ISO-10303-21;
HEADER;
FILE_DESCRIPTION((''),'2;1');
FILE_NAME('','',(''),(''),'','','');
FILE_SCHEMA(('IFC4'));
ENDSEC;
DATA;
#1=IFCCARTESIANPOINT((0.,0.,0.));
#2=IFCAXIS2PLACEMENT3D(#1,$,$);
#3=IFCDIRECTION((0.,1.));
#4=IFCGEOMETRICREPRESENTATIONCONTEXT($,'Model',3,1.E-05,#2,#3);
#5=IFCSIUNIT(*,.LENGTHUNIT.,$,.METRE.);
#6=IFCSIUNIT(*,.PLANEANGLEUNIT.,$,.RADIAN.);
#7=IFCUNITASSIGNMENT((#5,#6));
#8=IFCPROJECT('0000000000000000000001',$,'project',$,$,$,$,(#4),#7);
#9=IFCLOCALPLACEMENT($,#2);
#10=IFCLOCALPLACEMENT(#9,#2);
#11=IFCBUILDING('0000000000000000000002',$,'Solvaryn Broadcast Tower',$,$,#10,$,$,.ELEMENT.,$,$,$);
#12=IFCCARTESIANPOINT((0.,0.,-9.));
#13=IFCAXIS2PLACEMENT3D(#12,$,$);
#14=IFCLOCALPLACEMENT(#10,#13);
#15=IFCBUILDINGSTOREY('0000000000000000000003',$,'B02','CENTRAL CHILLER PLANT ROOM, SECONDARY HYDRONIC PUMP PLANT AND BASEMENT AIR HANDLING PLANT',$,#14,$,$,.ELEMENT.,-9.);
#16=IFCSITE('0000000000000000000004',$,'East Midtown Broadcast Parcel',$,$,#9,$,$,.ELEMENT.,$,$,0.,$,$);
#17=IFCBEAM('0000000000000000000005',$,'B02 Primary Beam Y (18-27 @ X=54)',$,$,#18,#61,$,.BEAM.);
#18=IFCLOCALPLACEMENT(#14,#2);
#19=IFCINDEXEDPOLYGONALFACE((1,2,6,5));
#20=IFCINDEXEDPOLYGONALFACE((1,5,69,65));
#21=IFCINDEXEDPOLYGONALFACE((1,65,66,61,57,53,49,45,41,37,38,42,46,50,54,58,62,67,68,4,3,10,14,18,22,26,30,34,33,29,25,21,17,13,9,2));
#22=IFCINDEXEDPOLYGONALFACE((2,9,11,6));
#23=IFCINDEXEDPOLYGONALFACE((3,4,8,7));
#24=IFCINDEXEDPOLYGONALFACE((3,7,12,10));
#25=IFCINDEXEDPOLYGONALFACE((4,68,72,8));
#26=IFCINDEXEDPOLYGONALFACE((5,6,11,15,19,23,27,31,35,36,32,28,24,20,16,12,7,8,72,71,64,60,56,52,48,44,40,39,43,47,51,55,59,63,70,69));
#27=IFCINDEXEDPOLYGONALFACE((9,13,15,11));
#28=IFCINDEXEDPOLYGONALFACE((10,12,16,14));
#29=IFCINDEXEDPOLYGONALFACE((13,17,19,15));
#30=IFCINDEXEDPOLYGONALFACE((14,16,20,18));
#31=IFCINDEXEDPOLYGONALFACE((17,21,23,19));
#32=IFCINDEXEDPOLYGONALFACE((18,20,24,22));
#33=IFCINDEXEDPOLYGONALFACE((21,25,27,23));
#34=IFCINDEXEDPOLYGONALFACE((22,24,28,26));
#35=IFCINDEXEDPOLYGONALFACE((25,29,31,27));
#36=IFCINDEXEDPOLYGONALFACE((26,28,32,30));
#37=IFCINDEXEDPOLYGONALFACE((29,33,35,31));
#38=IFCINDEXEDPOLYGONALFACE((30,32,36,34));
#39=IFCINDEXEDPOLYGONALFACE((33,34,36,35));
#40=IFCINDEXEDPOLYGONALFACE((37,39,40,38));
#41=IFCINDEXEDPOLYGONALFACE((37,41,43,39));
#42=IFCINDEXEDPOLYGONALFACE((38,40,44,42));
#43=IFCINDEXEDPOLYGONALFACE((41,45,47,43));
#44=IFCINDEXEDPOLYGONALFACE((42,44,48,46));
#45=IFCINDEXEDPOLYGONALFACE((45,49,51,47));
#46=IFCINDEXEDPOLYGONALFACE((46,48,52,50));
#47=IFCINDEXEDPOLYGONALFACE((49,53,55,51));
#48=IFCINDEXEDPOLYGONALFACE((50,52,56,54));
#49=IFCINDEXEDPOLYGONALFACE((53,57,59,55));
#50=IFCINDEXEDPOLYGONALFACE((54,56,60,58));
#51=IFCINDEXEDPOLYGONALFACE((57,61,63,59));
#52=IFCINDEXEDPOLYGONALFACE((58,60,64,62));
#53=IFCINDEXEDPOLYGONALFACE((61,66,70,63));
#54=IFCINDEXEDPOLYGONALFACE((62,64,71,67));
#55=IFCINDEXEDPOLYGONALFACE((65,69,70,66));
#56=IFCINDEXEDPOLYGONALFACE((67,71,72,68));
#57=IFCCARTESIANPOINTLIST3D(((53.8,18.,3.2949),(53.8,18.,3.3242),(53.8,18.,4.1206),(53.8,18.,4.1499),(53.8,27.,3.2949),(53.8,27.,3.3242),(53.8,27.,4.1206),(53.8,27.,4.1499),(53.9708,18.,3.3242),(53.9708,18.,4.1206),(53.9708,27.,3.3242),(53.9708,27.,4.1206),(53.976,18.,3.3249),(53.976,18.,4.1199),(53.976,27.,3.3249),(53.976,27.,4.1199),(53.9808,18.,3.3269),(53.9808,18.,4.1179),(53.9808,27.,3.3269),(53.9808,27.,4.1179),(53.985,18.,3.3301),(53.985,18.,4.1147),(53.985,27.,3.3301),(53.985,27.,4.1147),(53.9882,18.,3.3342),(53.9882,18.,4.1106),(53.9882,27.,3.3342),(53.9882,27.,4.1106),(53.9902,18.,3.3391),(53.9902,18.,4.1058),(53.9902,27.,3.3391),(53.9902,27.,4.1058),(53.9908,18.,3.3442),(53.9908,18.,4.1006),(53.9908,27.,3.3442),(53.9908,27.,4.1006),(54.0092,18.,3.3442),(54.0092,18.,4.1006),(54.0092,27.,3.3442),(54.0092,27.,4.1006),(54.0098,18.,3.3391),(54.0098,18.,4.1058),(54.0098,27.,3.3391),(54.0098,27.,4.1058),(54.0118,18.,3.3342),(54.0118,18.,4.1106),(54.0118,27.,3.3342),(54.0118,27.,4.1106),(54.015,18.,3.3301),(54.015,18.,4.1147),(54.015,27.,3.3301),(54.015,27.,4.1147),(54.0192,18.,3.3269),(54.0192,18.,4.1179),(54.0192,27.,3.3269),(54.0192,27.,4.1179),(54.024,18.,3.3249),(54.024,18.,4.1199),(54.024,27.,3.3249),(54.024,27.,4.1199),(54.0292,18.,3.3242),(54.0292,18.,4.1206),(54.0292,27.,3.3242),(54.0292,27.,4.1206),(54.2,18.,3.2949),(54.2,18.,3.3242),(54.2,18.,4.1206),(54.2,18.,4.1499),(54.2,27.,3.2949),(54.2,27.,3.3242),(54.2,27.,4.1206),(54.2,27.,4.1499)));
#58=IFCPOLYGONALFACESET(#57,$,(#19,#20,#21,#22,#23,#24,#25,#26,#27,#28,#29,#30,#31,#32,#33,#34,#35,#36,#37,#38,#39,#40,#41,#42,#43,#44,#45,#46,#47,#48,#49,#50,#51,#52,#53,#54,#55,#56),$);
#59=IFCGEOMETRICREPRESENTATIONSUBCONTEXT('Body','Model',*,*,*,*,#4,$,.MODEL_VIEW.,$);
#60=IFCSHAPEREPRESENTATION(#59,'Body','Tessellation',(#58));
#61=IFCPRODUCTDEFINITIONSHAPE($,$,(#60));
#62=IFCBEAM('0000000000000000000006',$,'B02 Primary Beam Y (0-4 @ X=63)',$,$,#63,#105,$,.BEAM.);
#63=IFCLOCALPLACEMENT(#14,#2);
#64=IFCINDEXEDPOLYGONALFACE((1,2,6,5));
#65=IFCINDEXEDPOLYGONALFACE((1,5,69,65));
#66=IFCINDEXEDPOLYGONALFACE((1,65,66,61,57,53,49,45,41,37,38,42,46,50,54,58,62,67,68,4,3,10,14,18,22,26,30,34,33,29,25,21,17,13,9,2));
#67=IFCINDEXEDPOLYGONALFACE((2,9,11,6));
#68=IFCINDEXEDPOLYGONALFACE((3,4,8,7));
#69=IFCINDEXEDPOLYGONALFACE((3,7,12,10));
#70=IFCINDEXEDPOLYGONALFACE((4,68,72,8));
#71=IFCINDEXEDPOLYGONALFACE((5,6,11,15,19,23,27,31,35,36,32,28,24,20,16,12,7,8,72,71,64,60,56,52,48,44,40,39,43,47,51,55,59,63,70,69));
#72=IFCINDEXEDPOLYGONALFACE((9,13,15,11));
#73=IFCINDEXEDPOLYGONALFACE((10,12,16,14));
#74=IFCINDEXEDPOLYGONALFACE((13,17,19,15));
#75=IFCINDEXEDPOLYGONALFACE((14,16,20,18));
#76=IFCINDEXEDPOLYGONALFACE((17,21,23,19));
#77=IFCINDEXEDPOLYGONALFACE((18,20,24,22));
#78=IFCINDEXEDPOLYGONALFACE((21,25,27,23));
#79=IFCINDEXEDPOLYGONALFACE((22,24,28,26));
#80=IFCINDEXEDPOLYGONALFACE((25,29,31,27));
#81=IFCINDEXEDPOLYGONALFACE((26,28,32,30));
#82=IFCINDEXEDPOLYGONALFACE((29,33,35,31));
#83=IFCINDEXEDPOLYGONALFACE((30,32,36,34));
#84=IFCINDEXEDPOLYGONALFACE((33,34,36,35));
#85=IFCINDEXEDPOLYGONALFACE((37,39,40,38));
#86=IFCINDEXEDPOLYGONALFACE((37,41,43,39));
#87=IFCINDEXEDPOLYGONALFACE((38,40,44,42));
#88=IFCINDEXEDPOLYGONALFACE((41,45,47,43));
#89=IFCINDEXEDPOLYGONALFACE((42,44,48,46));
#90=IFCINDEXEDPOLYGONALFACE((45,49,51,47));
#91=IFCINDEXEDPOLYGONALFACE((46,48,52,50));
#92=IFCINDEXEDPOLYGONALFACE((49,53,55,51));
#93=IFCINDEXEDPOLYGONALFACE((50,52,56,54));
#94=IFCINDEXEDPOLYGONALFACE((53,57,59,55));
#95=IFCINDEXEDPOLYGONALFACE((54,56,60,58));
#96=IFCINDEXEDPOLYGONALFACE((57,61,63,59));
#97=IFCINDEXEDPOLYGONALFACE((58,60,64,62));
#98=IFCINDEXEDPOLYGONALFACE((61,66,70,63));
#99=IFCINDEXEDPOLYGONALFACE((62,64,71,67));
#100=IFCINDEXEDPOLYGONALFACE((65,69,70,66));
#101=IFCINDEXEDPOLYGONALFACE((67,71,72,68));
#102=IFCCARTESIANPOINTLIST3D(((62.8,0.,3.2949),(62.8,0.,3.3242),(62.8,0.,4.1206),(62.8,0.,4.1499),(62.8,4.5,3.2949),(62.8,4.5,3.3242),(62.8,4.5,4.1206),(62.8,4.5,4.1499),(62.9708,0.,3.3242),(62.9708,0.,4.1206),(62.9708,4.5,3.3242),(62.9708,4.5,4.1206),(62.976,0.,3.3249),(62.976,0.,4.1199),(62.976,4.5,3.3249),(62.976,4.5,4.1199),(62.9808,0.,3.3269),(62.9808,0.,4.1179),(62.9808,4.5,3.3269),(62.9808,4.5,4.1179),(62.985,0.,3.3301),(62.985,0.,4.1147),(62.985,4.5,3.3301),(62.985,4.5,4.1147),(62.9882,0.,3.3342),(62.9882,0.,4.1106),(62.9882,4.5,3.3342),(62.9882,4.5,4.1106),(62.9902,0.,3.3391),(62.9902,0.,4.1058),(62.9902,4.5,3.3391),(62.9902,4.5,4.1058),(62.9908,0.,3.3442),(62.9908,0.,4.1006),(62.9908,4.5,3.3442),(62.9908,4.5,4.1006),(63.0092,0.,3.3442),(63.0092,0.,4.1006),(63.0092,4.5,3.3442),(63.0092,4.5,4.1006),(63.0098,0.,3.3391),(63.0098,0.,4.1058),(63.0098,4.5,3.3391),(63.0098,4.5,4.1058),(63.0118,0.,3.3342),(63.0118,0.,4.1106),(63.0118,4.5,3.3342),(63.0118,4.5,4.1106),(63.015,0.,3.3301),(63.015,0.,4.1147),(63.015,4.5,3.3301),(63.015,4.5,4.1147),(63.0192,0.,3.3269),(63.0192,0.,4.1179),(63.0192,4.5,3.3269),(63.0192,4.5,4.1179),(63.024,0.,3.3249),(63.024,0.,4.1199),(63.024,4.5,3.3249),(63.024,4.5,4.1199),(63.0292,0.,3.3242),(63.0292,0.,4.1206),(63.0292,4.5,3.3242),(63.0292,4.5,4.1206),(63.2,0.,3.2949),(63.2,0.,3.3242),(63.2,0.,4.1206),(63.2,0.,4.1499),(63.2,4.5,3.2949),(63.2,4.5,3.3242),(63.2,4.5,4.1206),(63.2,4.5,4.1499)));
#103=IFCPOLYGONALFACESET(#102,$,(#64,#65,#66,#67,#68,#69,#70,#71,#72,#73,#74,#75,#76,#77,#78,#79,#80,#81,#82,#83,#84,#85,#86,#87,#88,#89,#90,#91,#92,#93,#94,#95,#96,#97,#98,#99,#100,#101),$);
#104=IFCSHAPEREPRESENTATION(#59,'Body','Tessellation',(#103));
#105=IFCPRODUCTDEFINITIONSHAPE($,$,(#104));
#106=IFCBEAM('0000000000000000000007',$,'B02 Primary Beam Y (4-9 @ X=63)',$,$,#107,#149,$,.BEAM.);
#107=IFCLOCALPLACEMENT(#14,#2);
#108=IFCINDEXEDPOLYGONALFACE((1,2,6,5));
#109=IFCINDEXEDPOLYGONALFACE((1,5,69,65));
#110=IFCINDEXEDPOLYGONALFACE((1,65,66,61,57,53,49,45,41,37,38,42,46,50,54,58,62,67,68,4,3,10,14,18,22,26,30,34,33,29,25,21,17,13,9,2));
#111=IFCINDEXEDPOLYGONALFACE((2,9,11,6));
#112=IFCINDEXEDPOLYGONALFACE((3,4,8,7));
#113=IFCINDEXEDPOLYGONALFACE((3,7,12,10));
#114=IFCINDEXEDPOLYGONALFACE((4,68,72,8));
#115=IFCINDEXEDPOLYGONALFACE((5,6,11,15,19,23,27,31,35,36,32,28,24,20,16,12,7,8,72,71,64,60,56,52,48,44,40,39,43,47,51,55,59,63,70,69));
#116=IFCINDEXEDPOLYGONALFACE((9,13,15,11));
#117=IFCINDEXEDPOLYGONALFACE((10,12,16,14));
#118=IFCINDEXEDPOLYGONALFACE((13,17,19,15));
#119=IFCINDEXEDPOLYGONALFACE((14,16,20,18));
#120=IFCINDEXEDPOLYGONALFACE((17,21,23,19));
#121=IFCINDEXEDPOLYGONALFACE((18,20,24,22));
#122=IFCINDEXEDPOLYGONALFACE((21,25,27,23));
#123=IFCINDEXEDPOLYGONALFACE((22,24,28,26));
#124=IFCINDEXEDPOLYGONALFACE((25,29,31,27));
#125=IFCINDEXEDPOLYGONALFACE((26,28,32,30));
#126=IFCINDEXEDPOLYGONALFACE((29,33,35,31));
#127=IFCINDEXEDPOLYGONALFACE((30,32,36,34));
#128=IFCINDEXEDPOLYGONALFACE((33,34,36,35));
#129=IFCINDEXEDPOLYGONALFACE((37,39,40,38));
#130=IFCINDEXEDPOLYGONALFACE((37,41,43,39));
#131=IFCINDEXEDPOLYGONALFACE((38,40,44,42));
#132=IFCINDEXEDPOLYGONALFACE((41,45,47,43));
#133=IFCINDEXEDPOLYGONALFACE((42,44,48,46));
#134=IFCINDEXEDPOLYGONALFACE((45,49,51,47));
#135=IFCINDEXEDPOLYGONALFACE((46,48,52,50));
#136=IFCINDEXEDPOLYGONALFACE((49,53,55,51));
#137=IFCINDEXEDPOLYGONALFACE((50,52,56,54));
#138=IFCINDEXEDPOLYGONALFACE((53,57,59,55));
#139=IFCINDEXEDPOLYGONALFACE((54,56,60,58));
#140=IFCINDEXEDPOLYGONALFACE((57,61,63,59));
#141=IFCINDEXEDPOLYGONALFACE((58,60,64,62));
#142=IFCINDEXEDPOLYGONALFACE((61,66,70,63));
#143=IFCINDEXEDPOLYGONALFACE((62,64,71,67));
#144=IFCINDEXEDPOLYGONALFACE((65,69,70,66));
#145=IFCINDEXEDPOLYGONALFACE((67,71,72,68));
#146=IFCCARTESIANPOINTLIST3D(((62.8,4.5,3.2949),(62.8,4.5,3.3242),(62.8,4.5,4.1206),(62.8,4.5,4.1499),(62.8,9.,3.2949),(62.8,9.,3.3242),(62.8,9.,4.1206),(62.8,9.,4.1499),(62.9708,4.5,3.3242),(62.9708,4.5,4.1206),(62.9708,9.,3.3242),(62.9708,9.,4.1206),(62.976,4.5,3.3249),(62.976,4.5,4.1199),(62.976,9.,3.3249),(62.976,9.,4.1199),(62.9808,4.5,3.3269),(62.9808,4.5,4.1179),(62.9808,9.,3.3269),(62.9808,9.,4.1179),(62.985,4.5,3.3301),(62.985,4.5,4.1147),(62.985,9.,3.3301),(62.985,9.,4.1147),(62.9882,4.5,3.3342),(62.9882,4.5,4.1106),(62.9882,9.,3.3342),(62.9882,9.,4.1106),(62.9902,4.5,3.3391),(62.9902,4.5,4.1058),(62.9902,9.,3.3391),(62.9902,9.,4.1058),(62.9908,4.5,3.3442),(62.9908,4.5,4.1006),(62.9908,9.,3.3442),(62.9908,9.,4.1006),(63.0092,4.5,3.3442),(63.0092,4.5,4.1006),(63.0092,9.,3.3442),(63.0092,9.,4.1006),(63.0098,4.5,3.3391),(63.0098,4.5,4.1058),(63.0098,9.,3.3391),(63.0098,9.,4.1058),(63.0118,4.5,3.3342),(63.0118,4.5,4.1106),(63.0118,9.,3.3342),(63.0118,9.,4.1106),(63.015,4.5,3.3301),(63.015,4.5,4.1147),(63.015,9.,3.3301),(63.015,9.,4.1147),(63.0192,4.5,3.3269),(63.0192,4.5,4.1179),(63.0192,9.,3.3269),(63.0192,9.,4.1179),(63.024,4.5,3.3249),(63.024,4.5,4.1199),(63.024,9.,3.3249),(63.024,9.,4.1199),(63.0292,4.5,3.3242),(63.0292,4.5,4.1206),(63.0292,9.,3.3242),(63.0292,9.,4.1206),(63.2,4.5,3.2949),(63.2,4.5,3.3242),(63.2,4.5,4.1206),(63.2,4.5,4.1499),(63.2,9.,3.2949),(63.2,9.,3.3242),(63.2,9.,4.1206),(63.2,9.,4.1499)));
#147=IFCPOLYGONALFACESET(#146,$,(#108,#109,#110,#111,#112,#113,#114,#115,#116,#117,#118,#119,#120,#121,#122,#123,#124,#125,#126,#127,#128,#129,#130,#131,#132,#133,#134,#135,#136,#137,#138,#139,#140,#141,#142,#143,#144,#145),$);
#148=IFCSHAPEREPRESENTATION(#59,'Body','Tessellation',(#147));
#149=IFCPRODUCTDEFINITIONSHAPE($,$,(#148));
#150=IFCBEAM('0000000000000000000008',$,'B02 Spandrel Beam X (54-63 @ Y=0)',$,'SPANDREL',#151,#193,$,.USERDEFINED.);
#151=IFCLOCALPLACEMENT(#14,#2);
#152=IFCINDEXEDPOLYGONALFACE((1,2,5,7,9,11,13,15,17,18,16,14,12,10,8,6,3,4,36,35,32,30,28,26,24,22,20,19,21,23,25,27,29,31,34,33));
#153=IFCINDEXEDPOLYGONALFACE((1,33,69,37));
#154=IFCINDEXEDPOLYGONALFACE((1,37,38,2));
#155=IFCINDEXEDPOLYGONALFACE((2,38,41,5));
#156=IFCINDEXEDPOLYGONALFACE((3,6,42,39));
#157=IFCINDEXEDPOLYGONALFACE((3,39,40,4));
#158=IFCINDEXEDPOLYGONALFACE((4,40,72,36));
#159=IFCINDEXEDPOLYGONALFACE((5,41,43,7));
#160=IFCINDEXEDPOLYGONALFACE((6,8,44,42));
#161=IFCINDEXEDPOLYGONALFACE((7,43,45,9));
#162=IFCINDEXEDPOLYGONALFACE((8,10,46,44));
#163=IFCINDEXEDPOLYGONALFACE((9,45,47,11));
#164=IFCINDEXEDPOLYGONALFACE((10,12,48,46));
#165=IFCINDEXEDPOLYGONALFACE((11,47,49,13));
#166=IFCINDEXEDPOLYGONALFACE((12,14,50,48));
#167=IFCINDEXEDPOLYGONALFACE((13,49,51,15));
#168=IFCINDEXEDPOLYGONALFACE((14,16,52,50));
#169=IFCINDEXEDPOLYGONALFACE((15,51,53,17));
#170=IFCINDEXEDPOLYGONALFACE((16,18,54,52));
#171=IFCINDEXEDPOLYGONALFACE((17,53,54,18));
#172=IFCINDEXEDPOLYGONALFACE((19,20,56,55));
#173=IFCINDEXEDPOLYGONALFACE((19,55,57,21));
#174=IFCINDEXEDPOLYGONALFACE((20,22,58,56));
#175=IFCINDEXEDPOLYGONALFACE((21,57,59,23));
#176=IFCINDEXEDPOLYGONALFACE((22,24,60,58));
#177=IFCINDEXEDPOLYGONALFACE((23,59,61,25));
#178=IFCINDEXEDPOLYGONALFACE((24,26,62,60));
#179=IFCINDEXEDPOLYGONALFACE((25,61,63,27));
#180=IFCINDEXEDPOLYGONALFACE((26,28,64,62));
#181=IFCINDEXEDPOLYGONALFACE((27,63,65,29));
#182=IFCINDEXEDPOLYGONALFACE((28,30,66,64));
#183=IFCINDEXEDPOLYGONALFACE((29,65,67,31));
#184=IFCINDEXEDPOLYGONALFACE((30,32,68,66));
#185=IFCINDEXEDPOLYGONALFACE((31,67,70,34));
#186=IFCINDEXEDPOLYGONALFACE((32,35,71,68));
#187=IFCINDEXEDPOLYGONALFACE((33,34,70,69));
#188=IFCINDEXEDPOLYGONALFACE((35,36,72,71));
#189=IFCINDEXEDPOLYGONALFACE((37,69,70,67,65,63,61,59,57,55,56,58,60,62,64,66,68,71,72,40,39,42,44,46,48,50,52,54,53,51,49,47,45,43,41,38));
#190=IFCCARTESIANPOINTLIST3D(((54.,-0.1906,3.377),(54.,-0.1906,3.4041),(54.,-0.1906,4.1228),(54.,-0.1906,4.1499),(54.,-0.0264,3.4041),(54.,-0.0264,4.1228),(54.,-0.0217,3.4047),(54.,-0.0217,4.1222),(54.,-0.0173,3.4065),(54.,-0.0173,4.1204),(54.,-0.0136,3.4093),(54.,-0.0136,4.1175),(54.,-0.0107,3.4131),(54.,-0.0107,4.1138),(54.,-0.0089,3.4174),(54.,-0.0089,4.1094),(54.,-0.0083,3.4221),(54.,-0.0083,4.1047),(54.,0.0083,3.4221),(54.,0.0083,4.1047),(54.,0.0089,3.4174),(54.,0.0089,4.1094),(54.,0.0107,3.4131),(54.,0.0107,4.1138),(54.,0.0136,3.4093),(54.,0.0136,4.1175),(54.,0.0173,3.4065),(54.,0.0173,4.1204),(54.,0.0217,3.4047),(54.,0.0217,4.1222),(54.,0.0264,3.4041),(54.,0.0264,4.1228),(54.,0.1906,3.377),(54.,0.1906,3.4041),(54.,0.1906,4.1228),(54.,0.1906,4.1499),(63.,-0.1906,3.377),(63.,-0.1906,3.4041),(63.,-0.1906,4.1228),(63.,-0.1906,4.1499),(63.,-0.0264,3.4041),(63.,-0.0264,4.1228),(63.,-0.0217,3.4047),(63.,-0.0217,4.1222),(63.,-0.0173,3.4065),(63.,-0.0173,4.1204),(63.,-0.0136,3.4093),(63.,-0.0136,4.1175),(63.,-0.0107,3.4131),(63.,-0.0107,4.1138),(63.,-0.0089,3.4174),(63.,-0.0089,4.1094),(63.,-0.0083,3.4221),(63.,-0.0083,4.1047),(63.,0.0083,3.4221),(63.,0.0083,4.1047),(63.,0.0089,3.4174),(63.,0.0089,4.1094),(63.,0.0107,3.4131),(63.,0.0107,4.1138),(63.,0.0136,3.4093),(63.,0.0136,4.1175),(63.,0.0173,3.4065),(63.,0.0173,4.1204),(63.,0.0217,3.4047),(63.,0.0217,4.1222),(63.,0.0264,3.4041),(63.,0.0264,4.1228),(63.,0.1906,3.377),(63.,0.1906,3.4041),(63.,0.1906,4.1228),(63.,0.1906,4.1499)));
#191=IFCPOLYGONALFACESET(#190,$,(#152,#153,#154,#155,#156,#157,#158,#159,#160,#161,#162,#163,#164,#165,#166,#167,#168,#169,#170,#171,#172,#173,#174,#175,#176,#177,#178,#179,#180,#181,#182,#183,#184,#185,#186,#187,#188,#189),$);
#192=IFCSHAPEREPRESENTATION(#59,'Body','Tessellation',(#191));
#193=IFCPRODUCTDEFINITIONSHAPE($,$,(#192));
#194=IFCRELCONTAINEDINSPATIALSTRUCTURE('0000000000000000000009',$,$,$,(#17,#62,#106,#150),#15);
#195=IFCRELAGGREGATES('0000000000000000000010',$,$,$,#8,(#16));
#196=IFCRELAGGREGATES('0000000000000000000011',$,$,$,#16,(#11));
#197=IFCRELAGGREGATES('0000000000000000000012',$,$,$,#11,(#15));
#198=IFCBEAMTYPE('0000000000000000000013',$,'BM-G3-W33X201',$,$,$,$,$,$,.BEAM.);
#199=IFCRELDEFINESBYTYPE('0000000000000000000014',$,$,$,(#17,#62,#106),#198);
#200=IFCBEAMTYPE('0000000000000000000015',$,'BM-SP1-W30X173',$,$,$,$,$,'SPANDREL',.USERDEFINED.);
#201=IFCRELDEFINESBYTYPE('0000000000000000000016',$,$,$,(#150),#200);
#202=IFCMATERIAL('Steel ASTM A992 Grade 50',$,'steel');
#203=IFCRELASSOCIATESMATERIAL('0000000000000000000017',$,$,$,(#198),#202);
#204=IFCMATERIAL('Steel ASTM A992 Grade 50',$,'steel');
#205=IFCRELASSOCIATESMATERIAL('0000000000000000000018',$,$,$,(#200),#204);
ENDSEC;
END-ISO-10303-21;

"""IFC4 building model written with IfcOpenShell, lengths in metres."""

from ifc_helpers import new_model, si_unit, direction, frame, origin, origin_2d, place, context, subcontext, project, spatial, i_section, extrude, material, material_profile, profile_set, type_object, element, save


model = new_model("IFC4")

# Units and contexts
model_context = context("Model", 3, precision=1e-05, world=origin(), true_north=direction((0.0, 1.0)))
body_context = subcontext(model_context, "Body", "Model", "MODEL_VIEW")
ifc_project = project(units=[si_unit("LENGTHUNIT", "METRE"), si_unit("PLANEANGLEUNIT", "RADIAN")], contexts=[model_context])

# Site, building, storey
site_placement = place(None, origin())
site = spatial("IfcSite", under=ifc_project, at=site_placement, Name="East Midtown Broadcast Parcel", CompositionType="ELEMENT", RefElevation=0.0)
building_placement = place(site_placement, origin())
building = spatial("IfcBuilding", under=site, at=building_placement, Name="Solvaryn Broadcast Tower", CompositionType="ELEMENT")
storey_placement = place(building_placement, frame((0.0, 0.0, -9.0)))
storey = spatial("IfcBuildingStorey", under=building, at=storey_placement, Name="B02", Description="CENTRAL CHILLER PLANT ROOM, SECONDARY HYDRONIC PUMP PLANT AND BASEMENT AIR HANDLING PLANT", CompositionType="ELEMENT", Elevation=-9.0)

# Beams
ifc_material_1 = material(Name="Steel ASTM A992 Grade 50", Category="steel")
ifc_material_profile_1 = material_profile(ifc_material_1, i_section(OverallWidth=0.3999, OverallDepth=0.855, WebThickness=0.0183, FlangeThickness=0.0293, FilletRadius=0.02, at=origin_2d()))
ifc_profile_set_1 = profile_set([ifc_material_profile_1], Name="Steel ASTM A992 Grade 50")
beam_type_1 = type_object("IfcBeamType", Name="BM-G3-W33X201", PredefinedType="BEAM", material=ifc_profile_set_1)
for number, where, z_axis, x_axis, name in (
    (1, (54.0, 18.0, 3.7224), (0.0, 1.0, 0.0), (-1.0, 0.0, 0.0), "B02 Primary Beam Y (18-27 @ X=54)"),
):
    element("IfcBeam", number, at=place(storey_placement, frame(where, z_axis=z_axis, x_axis=x_axis)), inside=storey, type_object=beam_type_1, Name=name, PredefinedType="BEAM", context=body_context, shape_type="SweptSolid", body=[
        extrude(i_section(OverallWidth=0.3999, OverallDepth=0.855, WebThickness=0.0183, FlangeThickness=0.0293, FilletRadius=0.02, at=origin_2d()), origin(), (0.0, 0.0, 1.0), 9.0),
    ])
for number, where, z_axis, x_axis, name in (
    (2, (63.0, 0.0, 3.7224), (0.0, 1.0, 0.0), (-1.0, 0.0, 0.0), "B02 Primary Beam Y (0-4 @ X=63)"),
    (3, (63.0, 4.5, 3.7224), (0.0, 1.0, 0.0), (-1.0, 0.0, 0.0), "B02 Primary Beam Y (4-9 @ X=63)"),
):
    element("IfcBeam", number, at=place(storey_placement, frame(where, z_axis=z_axis, x_axis=x_axis)), inside=storey, type_object=beam_type_1, Name=name, PredefinedType="BEAM", context=body_context, shape_type="SweptSolid", body=[
        extrude(i_section(OverallWidth=0.3999, OverallDepth=0.855, WebThickness=0.0183, FlangeThickness=0.0293, FilletRadius=0.02, at=origin_2d()), origin(), (0.0, 0.0, 1.0), 4.5),
    ])
ifc_material_2 = material(Name="Steel ASTM A992 Grade 50", Category="steel")
ifc_material_profile_2 = material_profile(ifc_material_2, i_section(OverallWidth=0.3811, OverallDepth=0.7729, WebThickness=0.0166, FlangeThickness=0.0271, FilletRadius=0.0181, at=origin_2d()))
ifc_profile_set_2 = profile_set([ifc_material_profile_2], Name="Steel ASTM A992 Grade 50")
beam_type_2 = type_object("IfcBeamType", Name="BM-SP1-W30X173", ElementType="SPANDREL", PredefinedType="USERDEFINED", material=ifc_profile_set_2)
for number, where, z_axis, x_axis, name in (
    (4, (54.0, 0.0, 3.7634), (1.0, 0.0, 0.0), (0.0, 1.0, 0.0), "B02 Spandrel Beam X (54-63 @ Y=0)"),
):
    element("IfcBeam", number, at=place(storey_placement, frame(where, z_axis=z_axis, x_axis=x_axis)), inside=storey, type_object=beam_type_2, Name=name, ObjectType="SPANDREL", PredefinedType="USERDEFINED", context=body_context, shape_type="SweptSolid", body=[
        extrude(i_section(OverallWidth=0.3811, OverallDepth=0.7729, WebThickness=0.0166, FlangeThickness=0.0271, FilletRadius=0.0181, at=origin_2d()), origin(), (0.0, 0.0, 1.0), 9.0),
    ])

save(model, "model.ifc")
